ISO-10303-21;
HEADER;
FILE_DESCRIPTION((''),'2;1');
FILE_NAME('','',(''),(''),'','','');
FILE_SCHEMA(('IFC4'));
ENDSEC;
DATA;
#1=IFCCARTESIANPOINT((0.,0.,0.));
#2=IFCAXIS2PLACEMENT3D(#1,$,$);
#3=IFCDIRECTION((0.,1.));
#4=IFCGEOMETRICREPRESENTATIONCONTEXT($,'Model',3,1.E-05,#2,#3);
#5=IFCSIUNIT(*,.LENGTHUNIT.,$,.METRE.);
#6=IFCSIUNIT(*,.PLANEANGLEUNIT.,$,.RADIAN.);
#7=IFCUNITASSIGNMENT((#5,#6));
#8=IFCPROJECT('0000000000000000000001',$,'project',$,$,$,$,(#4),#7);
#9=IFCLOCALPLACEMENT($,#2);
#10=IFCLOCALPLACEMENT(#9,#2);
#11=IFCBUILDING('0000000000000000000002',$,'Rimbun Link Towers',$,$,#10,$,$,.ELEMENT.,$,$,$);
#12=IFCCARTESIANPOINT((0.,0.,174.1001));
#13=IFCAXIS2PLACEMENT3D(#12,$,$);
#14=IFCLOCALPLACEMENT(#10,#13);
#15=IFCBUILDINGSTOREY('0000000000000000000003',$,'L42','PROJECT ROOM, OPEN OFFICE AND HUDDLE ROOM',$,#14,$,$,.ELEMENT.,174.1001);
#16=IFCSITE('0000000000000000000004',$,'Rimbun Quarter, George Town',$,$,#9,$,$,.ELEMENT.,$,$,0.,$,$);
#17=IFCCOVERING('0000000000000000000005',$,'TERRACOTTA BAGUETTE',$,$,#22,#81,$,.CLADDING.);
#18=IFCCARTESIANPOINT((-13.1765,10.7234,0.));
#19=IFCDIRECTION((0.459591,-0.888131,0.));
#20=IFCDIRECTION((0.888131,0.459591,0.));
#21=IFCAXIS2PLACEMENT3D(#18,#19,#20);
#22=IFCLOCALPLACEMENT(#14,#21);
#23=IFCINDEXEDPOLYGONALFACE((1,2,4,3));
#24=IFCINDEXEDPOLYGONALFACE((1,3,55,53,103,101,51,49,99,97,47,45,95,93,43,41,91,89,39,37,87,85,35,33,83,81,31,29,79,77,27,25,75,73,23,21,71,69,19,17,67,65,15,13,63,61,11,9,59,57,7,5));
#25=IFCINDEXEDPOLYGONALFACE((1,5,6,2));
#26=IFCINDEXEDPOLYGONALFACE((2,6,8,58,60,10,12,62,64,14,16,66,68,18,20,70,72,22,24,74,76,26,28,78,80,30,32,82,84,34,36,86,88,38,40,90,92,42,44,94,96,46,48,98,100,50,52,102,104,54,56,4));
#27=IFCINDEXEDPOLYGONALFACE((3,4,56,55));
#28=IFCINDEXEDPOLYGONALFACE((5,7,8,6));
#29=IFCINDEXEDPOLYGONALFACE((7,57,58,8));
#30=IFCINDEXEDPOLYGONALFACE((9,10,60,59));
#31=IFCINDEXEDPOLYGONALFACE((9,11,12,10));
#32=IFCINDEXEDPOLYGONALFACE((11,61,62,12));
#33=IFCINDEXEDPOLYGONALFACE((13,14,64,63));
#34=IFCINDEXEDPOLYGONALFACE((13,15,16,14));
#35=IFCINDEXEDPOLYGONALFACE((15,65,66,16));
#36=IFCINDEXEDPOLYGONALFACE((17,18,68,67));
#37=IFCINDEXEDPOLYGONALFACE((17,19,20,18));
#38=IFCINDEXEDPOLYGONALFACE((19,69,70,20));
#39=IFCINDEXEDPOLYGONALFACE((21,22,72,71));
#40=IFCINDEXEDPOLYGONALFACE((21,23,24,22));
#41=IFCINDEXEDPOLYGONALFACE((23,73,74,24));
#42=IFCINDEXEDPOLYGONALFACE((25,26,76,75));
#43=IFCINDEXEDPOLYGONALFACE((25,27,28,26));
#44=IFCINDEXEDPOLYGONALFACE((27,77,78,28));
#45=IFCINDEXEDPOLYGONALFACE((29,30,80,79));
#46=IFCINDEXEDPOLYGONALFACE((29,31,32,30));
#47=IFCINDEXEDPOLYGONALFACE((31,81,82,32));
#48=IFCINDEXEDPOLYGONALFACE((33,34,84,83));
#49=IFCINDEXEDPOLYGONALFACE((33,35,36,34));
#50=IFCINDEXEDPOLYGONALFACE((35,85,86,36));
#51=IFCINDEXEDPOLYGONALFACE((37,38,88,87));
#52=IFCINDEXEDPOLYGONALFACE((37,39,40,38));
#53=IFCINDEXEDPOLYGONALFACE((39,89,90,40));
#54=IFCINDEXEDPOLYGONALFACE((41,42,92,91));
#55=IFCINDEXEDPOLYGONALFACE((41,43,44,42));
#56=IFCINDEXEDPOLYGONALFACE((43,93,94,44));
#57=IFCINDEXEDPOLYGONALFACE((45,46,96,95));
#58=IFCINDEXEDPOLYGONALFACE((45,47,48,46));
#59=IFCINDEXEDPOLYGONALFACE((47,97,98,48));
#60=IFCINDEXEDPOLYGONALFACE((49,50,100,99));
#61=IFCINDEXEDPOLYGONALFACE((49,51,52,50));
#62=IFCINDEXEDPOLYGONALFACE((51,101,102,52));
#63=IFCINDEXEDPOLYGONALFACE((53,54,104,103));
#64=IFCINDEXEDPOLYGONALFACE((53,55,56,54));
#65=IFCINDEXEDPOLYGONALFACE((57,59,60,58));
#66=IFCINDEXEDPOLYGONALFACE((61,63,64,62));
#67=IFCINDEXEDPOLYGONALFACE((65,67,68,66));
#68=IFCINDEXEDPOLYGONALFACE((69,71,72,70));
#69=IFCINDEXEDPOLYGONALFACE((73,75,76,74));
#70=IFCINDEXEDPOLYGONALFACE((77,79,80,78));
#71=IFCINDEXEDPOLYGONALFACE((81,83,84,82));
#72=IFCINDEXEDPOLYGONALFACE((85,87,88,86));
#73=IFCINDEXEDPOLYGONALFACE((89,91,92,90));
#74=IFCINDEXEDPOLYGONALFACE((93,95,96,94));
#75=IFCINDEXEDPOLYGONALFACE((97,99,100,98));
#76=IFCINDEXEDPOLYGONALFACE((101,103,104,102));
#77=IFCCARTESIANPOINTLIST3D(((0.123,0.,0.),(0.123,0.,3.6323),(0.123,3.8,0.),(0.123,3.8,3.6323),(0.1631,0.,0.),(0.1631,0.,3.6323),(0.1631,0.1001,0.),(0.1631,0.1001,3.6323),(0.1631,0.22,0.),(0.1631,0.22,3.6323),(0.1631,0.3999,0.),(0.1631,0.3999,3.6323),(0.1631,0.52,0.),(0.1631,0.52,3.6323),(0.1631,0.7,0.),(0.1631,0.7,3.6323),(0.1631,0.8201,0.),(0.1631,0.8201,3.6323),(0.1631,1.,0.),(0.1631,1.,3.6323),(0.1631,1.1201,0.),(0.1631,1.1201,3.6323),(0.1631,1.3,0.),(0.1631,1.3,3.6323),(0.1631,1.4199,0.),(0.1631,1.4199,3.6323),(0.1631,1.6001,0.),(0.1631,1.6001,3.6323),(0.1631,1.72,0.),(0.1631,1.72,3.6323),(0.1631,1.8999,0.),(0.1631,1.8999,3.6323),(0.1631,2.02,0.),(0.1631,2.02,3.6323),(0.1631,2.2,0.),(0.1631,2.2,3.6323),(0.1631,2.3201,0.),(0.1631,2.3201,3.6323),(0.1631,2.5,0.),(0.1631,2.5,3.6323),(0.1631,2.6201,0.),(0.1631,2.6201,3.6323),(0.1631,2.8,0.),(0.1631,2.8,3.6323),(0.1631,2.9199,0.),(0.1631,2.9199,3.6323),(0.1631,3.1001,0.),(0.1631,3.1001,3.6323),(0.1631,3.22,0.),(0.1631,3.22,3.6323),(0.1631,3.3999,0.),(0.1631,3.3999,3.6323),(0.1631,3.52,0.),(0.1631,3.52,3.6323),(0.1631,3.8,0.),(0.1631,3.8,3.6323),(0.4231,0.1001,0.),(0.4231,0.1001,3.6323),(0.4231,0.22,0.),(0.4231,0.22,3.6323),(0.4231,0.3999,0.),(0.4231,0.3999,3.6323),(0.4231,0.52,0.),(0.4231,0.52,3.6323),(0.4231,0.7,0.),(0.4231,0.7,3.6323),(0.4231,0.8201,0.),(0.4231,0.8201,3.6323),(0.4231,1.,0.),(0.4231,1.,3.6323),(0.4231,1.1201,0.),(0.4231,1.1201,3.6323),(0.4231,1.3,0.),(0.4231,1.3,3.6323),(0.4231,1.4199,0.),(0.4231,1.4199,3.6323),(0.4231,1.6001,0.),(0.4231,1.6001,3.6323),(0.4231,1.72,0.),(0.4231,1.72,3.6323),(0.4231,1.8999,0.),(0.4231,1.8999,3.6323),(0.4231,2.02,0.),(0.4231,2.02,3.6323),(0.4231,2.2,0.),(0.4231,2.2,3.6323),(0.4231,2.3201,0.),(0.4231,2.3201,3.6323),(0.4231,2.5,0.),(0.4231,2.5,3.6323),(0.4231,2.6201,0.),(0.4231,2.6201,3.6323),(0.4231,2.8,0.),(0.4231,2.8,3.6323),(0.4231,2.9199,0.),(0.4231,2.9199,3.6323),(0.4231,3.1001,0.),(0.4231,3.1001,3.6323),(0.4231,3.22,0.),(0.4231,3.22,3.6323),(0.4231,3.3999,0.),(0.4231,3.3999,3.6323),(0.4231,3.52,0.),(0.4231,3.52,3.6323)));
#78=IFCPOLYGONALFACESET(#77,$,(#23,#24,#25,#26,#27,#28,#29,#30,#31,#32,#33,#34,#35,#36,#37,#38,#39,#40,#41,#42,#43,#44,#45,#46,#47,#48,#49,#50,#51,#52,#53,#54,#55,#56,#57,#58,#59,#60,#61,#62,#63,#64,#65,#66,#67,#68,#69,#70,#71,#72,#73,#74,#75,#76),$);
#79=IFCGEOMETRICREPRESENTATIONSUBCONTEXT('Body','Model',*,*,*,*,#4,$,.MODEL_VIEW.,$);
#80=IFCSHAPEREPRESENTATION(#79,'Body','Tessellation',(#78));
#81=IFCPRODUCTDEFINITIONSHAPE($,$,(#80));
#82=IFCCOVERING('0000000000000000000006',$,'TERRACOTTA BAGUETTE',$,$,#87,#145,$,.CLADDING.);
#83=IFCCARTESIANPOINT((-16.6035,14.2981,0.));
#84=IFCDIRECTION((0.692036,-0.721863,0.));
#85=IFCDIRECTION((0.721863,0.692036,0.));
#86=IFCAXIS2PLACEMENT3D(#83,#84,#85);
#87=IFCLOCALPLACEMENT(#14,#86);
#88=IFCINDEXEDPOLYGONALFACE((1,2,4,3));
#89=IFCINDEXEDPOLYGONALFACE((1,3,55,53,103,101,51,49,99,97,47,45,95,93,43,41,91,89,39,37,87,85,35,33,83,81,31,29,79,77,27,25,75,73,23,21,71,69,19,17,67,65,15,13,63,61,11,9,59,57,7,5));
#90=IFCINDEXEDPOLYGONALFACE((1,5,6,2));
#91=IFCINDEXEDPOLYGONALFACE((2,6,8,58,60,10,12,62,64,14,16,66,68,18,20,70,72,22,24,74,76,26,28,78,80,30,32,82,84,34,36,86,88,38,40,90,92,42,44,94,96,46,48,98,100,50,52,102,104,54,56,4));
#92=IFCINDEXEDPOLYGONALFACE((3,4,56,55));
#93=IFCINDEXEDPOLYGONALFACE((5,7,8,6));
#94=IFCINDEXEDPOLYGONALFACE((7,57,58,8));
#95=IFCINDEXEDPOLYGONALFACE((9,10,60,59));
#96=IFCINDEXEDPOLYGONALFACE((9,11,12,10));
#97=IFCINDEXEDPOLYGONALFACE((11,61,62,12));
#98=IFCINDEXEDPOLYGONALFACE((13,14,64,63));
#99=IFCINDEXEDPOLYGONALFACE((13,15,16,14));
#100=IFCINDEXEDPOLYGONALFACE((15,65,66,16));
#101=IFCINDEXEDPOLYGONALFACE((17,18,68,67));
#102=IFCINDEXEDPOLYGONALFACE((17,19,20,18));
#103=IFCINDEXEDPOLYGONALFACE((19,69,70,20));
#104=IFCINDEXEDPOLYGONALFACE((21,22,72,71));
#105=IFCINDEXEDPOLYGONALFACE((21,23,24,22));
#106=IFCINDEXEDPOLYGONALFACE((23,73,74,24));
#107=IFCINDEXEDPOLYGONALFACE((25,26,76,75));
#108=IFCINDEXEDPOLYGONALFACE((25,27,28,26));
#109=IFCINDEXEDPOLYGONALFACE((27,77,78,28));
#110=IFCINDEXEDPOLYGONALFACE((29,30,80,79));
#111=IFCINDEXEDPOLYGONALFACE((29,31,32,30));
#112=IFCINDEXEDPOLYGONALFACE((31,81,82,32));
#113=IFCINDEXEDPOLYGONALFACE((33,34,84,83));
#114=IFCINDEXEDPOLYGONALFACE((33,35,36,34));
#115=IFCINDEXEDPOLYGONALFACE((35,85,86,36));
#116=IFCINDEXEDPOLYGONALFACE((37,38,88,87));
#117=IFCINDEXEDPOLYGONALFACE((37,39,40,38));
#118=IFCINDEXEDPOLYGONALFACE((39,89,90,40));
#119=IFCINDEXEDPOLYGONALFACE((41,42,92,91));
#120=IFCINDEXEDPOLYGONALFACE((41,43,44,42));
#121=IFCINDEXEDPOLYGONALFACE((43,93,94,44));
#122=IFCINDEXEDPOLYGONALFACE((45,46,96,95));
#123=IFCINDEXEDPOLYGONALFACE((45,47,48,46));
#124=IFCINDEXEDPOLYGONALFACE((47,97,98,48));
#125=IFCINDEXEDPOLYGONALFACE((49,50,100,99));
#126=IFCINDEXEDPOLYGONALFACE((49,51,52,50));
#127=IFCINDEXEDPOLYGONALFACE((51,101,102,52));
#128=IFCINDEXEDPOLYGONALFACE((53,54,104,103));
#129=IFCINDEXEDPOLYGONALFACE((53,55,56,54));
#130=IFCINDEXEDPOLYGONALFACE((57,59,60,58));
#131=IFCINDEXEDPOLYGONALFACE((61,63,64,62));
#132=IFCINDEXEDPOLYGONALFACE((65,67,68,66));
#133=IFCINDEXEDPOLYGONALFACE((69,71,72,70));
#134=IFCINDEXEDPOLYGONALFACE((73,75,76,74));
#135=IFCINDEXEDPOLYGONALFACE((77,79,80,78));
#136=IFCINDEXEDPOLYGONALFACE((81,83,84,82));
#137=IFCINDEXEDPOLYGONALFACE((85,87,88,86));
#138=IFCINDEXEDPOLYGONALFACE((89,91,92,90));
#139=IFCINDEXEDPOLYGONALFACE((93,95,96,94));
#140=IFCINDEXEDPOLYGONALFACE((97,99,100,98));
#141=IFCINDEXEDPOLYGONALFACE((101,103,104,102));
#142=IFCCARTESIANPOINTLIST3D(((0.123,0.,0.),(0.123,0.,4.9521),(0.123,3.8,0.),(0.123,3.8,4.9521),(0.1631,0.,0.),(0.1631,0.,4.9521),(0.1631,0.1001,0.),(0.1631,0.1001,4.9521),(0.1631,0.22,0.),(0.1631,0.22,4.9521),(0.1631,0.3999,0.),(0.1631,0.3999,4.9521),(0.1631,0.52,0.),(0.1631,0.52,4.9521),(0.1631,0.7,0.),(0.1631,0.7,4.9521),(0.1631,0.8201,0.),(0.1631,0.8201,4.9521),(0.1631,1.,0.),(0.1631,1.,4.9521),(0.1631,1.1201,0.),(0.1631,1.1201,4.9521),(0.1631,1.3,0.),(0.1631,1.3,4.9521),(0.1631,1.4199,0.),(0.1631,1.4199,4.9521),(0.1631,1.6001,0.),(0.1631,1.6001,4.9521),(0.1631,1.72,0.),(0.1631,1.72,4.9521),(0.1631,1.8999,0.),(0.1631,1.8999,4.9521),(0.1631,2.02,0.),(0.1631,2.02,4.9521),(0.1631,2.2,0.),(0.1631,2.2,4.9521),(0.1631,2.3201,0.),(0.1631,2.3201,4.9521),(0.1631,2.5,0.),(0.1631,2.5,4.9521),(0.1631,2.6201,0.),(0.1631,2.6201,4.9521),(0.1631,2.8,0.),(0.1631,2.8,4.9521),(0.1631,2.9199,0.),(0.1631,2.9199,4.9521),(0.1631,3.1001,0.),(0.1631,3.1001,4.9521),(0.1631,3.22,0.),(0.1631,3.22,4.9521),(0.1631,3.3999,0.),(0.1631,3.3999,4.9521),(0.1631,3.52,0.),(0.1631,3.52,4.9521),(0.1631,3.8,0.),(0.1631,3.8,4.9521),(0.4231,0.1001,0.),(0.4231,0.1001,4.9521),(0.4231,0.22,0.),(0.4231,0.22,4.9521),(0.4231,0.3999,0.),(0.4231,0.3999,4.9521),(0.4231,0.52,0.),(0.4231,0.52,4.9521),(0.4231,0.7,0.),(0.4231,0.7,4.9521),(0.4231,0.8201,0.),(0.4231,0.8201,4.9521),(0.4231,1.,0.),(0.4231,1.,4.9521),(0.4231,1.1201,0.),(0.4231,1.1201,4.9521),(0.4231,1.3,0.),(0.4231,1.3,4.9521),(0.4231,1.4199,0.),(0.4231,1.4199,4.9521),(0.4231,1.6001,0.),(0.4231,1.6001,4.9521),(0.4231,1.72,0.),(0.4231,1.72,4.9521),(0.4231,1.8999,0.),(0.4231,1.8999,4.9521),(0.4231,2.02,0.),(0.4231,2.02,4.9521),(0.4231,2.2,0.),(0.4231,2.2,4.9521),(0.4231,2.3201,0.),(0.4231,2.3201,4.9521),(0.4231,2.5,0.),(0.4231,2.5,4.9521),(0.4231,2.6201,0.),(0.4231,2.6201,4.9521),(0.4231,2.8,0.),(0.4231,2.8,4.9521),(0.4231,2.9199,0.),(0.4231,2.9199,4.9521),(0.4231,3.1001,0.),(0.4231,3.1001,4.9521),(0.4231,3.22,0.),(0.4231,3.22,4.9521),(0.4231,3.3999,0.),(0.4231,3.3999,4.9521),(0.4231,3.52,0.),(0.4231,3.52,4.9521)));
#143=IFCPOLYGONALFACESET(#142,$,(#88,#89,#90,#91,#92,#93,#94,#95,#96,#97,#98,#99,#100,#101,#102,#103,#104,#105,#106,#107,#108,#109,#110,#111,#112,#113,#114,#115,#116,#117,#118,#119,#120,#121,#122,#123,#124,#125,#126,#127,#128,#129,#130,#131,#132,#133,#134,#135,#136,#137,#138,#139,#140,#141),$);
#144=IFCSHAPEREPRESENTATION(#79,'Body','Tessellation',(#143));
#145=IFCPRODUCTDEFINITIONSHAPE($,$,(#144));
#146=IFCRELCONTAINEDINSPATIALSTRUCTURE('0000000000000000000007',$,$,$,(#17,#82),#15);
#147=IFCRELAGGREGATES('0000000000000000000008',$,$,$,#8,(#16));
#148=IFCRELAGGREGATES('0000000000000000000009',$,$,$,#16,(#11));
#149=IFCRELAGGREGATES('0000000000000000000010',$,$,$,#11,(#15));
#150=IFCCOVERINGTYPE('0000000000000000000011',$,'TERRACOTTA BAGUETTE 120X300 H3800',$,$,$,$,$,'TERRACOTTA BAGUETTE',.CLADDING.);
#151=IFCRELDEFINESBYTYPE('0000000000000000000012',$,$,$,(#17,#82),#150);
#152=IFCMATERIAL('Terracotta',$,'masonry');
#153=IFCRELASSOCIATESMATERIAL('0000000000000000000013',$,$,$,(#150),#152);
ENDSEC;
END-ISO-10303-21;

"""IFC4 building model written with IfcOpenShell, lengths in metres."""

from ifc_helpers import new_model, si_unit, direction, frame, origin, place, context, subcontext, project, spatial, polyline, outline, extrude, material, material_profile, profile_set, type_object, element, save


model = new_model("IFC4")

# Units and contexts
model_context = context("Model", 3, precision=1e-05, world=origin(), true_north=direction((0.0, 1.0)))
body_context = subcontext(model_context, "Body", "Model", "MODEL_VIEW")
ifc_project = project(units=[si_unit("LENGTHUNIT", "METRE"), si_unit("PLANEANGLEUNIT", "RADIAN")], contexts=[model_context])

# Site, building, storey
site_placement = place(None, origin())
site = spatial("IfcSite", under=ifc_project, at=site_placement, Name="Rimbun Quarter, George Town", CompositionType="ELEMENT", RefElevation=0.0)
building_placement = place(site_placement, origin())
building = spatial("IfcBuilding", under=site, at=building_placement, Name="Rimbun Link Towers", CompositionType="ELEMENT")
storey_placement = place(building_placement, frame((0.0, 0.0, 174.1001)))
storey = spatial("IfcBuildingStorey", under=building, at=storey_placement, Name="L42", Description="PROJECT ROOM, OPEN OFFICE AND HUDDLE ROOM", CompositionType="ELEMENT", Elevation=174.1001)

# Coverings
ifc_material_1 = material(Name="Terracotta", Category="masonry")
ifc_material_profile_1 = material_profile(ifc_material_1, outline(polyline([(0.123, 0.0), (0.1631, 0.0), (0.1631, 0.1001), (0.4231, 0.1001), (0.4231, 0.22), (0.1631, 0.22), (0.1631, 0.3999), (0.4231, 0.3999), (0.4231, 0.52), (0.1631, 0.52), (0.1631, 0.7), (0.4231, 0.7), (0.4231, 0.8201), (0.1631, 0.8201), (0.1631, 1.0), (0.4231, 1.0), (0.4231, 1.1201), (0.1631, 1.1201), (0.1631, 1.3), (0.4231, 1.3), (0.4231, 1.4199), (0.1631, 1.4199), (0.1631, 1.6001), (0.4231, 1.6001), (0.4231, 1.72), (0.1631, 1.72), (0.1631, 1.8999), (0.4231, 1.8999), (0.4231, 2.02), (0.1631, 2.02), (0.1631, 2.2), (0.4231, 2.2), (0.4231, 2.3201), (0.1631, 2.3201), (0.1631, 2.5), (0.4231, 2.5), (0.4231, 2.6201), (0.1631, 2.6201), (0.1631, 2.8), (0.4231, 2.8), (0.4231, 2.9199), (0.1631, 2.9199), (0.1631, 3.1001), (0.4231, 3.1001), (0.4231, 3.22), (0.1631, 3.22), (0.1631, 3.3999), (0.4231, 3.3999), (0.4231, 3.52), (0.1631, 3.52), (0.1631, 3.8), (0.123, 3.8), (0.123, 0.0)])), Name="BAGUETTE 120X300")
ifc_profile_set_1 = profile_set([ifc_material_profile_1], Name="Terracotta")
covering_type = type_object("IfcCoveringType", Name="TERRACOTTA BAGUETTE 120X300 H3800", ElementType="TERRACOTTA BAGUETTE", PredefinedType="CLADDING", material=ifc_profile_set_1)
covering_1_placement = place(storey_placement, frame((-13.1765, 10.7234, 0.0), z_axis=(0.459591, -0.888131, 0.0), x_axis=(0.888131, 0.459591, 0.0)))
element("IfcCovering", 1, at=covering_1_placement, inside=storey, type_object=covering_type, Name="TERRACOTTA BAGUETTE", PredefinedType="CLADDING", context=body_context, shape_type="SweptSolid", body=[
    extrude(outline(polyline([(0.123, 0.0), (0.1631, 0.0), (0.1631, 0.1001), (0.4231, 0.1001), (0.4231, 0.22), (0.1631, 0.22), (0.1631, 0.3999), (0.4231, 0.3999), (0.4231, 0.52), (0.1631, 0.52), (0.1631, 0.7), (0.4231, 0.7), (0.4231, 0.8201), (0.1631, 0.8201), (0.1631, 1.0), (0.4231, 1.0), (0.4231, 1.1201), (0.1631, 1.1201), (0.1631, 1.3), (0.4231, 1.3), (0.4231, 1.4199), (0.1631, 1.4199), (0.1631, 1.6001), (0.4231, 1.6001), (0.4231, 1.72), (0.1631, 1.72), (0.1631, 1.8999), (0.4231, 1.8999), (0.4231, 2.02), (0.1631, 2.02), (0.1631, 2.2), (0.4231, 2.2), (0.4231, 2.3201), (0.1631, 2.3201), (0.1631, 2.5), (0.4231, 2.5), (0.4231, 2.6201), (0.1631, 2.6201), (0.1631, 2.8), (0.4231, 2.8), (0.4231, 2.9199), (0.1631, 2.9199), (0.1631, 3.1001), (0.4231, 3.1001), (0.4231, 3.22), (0.1631, 3.22), (0.1631, 3.3999), (0.4231, 3.3999), (0.4231, 3.52), (0.1631, 3.52), (0.1631, 3.8), (0.123, 3.8), (0.123, 0.0)])), origin(), (0.0, 0.0, 1.0), 3.6323),
])
covering_2_placement = place(storey_placement, frame((-16.6035, 14.2981, 0.0), z_axis=(0.692036, -0.721863, 0.0), x_axis=(0.721863, 0.692036, 0.0)))
element("IfcCovering", 2, at=covering_2_placement, inside=storey, type_object=covering_type, Name="TERRACOTTA BAGUETTE", PredefinedType="CLADDING", context=body_context, shape_type="SweptSolid", body=[
    extrude(outline(polyline([(0.123, 0.0), (0.1631, 0.0), (0.1631, 0.1001), (0.4231, 0.1001), (0.4231, 0.22), (0.1631, 0.22), (0.1631, 0.3999), (0.4231, 0.3999), (0.4231, 0.52), (0.1631, 0.52), (0.1631, 0.7), (0.4231, 0.7), (0.4231, 0.8201), (0.1631, 0.8201), (0.1631, 1.0), (0.4231, 1.0), (0.4231, 1.1201), (0.1631, 1.1201), (0.1631, 1.3), (0.4231, 1.3), (0.4231, 1.4199), (0.1631, 1.4199), (0.1631, 1.6001), (0.4231, 1.6001), (0.4231, 1.72), (0.1631, 1.72), (0.1631, 1.8999), (0.4231, 1.8999), (0.4231, 2.02), (0.1631, 2.02), (0.1631, 2.2), (0.4231, 2.2), (0.4231, 2.3201), (0.1631, 2.3201), (0.1631, 2.5), (0.4231, 2.5), (0.4231, 2.6201), (0.1631, 2.6201), (0.1631, 2.8), (0.4231, 2.8), (0.4231, 2.9199), (0.1631, 2.9199), (0.1631, 3.1001), (0.4231, 3.1001), (0.4231, 3.22), (0.1631, 3.22), (0.1631, 3.3999), (0.4231, 3.3999), (0.4231, 3.52), (0.1631, 3.52), (0.1631, 3.8), (0.123, 3.8), (0.123, 0.0)])), origin(), (0.0, 0.0, 1.0), 4.9521),
])

save(model, "model.ifc")
